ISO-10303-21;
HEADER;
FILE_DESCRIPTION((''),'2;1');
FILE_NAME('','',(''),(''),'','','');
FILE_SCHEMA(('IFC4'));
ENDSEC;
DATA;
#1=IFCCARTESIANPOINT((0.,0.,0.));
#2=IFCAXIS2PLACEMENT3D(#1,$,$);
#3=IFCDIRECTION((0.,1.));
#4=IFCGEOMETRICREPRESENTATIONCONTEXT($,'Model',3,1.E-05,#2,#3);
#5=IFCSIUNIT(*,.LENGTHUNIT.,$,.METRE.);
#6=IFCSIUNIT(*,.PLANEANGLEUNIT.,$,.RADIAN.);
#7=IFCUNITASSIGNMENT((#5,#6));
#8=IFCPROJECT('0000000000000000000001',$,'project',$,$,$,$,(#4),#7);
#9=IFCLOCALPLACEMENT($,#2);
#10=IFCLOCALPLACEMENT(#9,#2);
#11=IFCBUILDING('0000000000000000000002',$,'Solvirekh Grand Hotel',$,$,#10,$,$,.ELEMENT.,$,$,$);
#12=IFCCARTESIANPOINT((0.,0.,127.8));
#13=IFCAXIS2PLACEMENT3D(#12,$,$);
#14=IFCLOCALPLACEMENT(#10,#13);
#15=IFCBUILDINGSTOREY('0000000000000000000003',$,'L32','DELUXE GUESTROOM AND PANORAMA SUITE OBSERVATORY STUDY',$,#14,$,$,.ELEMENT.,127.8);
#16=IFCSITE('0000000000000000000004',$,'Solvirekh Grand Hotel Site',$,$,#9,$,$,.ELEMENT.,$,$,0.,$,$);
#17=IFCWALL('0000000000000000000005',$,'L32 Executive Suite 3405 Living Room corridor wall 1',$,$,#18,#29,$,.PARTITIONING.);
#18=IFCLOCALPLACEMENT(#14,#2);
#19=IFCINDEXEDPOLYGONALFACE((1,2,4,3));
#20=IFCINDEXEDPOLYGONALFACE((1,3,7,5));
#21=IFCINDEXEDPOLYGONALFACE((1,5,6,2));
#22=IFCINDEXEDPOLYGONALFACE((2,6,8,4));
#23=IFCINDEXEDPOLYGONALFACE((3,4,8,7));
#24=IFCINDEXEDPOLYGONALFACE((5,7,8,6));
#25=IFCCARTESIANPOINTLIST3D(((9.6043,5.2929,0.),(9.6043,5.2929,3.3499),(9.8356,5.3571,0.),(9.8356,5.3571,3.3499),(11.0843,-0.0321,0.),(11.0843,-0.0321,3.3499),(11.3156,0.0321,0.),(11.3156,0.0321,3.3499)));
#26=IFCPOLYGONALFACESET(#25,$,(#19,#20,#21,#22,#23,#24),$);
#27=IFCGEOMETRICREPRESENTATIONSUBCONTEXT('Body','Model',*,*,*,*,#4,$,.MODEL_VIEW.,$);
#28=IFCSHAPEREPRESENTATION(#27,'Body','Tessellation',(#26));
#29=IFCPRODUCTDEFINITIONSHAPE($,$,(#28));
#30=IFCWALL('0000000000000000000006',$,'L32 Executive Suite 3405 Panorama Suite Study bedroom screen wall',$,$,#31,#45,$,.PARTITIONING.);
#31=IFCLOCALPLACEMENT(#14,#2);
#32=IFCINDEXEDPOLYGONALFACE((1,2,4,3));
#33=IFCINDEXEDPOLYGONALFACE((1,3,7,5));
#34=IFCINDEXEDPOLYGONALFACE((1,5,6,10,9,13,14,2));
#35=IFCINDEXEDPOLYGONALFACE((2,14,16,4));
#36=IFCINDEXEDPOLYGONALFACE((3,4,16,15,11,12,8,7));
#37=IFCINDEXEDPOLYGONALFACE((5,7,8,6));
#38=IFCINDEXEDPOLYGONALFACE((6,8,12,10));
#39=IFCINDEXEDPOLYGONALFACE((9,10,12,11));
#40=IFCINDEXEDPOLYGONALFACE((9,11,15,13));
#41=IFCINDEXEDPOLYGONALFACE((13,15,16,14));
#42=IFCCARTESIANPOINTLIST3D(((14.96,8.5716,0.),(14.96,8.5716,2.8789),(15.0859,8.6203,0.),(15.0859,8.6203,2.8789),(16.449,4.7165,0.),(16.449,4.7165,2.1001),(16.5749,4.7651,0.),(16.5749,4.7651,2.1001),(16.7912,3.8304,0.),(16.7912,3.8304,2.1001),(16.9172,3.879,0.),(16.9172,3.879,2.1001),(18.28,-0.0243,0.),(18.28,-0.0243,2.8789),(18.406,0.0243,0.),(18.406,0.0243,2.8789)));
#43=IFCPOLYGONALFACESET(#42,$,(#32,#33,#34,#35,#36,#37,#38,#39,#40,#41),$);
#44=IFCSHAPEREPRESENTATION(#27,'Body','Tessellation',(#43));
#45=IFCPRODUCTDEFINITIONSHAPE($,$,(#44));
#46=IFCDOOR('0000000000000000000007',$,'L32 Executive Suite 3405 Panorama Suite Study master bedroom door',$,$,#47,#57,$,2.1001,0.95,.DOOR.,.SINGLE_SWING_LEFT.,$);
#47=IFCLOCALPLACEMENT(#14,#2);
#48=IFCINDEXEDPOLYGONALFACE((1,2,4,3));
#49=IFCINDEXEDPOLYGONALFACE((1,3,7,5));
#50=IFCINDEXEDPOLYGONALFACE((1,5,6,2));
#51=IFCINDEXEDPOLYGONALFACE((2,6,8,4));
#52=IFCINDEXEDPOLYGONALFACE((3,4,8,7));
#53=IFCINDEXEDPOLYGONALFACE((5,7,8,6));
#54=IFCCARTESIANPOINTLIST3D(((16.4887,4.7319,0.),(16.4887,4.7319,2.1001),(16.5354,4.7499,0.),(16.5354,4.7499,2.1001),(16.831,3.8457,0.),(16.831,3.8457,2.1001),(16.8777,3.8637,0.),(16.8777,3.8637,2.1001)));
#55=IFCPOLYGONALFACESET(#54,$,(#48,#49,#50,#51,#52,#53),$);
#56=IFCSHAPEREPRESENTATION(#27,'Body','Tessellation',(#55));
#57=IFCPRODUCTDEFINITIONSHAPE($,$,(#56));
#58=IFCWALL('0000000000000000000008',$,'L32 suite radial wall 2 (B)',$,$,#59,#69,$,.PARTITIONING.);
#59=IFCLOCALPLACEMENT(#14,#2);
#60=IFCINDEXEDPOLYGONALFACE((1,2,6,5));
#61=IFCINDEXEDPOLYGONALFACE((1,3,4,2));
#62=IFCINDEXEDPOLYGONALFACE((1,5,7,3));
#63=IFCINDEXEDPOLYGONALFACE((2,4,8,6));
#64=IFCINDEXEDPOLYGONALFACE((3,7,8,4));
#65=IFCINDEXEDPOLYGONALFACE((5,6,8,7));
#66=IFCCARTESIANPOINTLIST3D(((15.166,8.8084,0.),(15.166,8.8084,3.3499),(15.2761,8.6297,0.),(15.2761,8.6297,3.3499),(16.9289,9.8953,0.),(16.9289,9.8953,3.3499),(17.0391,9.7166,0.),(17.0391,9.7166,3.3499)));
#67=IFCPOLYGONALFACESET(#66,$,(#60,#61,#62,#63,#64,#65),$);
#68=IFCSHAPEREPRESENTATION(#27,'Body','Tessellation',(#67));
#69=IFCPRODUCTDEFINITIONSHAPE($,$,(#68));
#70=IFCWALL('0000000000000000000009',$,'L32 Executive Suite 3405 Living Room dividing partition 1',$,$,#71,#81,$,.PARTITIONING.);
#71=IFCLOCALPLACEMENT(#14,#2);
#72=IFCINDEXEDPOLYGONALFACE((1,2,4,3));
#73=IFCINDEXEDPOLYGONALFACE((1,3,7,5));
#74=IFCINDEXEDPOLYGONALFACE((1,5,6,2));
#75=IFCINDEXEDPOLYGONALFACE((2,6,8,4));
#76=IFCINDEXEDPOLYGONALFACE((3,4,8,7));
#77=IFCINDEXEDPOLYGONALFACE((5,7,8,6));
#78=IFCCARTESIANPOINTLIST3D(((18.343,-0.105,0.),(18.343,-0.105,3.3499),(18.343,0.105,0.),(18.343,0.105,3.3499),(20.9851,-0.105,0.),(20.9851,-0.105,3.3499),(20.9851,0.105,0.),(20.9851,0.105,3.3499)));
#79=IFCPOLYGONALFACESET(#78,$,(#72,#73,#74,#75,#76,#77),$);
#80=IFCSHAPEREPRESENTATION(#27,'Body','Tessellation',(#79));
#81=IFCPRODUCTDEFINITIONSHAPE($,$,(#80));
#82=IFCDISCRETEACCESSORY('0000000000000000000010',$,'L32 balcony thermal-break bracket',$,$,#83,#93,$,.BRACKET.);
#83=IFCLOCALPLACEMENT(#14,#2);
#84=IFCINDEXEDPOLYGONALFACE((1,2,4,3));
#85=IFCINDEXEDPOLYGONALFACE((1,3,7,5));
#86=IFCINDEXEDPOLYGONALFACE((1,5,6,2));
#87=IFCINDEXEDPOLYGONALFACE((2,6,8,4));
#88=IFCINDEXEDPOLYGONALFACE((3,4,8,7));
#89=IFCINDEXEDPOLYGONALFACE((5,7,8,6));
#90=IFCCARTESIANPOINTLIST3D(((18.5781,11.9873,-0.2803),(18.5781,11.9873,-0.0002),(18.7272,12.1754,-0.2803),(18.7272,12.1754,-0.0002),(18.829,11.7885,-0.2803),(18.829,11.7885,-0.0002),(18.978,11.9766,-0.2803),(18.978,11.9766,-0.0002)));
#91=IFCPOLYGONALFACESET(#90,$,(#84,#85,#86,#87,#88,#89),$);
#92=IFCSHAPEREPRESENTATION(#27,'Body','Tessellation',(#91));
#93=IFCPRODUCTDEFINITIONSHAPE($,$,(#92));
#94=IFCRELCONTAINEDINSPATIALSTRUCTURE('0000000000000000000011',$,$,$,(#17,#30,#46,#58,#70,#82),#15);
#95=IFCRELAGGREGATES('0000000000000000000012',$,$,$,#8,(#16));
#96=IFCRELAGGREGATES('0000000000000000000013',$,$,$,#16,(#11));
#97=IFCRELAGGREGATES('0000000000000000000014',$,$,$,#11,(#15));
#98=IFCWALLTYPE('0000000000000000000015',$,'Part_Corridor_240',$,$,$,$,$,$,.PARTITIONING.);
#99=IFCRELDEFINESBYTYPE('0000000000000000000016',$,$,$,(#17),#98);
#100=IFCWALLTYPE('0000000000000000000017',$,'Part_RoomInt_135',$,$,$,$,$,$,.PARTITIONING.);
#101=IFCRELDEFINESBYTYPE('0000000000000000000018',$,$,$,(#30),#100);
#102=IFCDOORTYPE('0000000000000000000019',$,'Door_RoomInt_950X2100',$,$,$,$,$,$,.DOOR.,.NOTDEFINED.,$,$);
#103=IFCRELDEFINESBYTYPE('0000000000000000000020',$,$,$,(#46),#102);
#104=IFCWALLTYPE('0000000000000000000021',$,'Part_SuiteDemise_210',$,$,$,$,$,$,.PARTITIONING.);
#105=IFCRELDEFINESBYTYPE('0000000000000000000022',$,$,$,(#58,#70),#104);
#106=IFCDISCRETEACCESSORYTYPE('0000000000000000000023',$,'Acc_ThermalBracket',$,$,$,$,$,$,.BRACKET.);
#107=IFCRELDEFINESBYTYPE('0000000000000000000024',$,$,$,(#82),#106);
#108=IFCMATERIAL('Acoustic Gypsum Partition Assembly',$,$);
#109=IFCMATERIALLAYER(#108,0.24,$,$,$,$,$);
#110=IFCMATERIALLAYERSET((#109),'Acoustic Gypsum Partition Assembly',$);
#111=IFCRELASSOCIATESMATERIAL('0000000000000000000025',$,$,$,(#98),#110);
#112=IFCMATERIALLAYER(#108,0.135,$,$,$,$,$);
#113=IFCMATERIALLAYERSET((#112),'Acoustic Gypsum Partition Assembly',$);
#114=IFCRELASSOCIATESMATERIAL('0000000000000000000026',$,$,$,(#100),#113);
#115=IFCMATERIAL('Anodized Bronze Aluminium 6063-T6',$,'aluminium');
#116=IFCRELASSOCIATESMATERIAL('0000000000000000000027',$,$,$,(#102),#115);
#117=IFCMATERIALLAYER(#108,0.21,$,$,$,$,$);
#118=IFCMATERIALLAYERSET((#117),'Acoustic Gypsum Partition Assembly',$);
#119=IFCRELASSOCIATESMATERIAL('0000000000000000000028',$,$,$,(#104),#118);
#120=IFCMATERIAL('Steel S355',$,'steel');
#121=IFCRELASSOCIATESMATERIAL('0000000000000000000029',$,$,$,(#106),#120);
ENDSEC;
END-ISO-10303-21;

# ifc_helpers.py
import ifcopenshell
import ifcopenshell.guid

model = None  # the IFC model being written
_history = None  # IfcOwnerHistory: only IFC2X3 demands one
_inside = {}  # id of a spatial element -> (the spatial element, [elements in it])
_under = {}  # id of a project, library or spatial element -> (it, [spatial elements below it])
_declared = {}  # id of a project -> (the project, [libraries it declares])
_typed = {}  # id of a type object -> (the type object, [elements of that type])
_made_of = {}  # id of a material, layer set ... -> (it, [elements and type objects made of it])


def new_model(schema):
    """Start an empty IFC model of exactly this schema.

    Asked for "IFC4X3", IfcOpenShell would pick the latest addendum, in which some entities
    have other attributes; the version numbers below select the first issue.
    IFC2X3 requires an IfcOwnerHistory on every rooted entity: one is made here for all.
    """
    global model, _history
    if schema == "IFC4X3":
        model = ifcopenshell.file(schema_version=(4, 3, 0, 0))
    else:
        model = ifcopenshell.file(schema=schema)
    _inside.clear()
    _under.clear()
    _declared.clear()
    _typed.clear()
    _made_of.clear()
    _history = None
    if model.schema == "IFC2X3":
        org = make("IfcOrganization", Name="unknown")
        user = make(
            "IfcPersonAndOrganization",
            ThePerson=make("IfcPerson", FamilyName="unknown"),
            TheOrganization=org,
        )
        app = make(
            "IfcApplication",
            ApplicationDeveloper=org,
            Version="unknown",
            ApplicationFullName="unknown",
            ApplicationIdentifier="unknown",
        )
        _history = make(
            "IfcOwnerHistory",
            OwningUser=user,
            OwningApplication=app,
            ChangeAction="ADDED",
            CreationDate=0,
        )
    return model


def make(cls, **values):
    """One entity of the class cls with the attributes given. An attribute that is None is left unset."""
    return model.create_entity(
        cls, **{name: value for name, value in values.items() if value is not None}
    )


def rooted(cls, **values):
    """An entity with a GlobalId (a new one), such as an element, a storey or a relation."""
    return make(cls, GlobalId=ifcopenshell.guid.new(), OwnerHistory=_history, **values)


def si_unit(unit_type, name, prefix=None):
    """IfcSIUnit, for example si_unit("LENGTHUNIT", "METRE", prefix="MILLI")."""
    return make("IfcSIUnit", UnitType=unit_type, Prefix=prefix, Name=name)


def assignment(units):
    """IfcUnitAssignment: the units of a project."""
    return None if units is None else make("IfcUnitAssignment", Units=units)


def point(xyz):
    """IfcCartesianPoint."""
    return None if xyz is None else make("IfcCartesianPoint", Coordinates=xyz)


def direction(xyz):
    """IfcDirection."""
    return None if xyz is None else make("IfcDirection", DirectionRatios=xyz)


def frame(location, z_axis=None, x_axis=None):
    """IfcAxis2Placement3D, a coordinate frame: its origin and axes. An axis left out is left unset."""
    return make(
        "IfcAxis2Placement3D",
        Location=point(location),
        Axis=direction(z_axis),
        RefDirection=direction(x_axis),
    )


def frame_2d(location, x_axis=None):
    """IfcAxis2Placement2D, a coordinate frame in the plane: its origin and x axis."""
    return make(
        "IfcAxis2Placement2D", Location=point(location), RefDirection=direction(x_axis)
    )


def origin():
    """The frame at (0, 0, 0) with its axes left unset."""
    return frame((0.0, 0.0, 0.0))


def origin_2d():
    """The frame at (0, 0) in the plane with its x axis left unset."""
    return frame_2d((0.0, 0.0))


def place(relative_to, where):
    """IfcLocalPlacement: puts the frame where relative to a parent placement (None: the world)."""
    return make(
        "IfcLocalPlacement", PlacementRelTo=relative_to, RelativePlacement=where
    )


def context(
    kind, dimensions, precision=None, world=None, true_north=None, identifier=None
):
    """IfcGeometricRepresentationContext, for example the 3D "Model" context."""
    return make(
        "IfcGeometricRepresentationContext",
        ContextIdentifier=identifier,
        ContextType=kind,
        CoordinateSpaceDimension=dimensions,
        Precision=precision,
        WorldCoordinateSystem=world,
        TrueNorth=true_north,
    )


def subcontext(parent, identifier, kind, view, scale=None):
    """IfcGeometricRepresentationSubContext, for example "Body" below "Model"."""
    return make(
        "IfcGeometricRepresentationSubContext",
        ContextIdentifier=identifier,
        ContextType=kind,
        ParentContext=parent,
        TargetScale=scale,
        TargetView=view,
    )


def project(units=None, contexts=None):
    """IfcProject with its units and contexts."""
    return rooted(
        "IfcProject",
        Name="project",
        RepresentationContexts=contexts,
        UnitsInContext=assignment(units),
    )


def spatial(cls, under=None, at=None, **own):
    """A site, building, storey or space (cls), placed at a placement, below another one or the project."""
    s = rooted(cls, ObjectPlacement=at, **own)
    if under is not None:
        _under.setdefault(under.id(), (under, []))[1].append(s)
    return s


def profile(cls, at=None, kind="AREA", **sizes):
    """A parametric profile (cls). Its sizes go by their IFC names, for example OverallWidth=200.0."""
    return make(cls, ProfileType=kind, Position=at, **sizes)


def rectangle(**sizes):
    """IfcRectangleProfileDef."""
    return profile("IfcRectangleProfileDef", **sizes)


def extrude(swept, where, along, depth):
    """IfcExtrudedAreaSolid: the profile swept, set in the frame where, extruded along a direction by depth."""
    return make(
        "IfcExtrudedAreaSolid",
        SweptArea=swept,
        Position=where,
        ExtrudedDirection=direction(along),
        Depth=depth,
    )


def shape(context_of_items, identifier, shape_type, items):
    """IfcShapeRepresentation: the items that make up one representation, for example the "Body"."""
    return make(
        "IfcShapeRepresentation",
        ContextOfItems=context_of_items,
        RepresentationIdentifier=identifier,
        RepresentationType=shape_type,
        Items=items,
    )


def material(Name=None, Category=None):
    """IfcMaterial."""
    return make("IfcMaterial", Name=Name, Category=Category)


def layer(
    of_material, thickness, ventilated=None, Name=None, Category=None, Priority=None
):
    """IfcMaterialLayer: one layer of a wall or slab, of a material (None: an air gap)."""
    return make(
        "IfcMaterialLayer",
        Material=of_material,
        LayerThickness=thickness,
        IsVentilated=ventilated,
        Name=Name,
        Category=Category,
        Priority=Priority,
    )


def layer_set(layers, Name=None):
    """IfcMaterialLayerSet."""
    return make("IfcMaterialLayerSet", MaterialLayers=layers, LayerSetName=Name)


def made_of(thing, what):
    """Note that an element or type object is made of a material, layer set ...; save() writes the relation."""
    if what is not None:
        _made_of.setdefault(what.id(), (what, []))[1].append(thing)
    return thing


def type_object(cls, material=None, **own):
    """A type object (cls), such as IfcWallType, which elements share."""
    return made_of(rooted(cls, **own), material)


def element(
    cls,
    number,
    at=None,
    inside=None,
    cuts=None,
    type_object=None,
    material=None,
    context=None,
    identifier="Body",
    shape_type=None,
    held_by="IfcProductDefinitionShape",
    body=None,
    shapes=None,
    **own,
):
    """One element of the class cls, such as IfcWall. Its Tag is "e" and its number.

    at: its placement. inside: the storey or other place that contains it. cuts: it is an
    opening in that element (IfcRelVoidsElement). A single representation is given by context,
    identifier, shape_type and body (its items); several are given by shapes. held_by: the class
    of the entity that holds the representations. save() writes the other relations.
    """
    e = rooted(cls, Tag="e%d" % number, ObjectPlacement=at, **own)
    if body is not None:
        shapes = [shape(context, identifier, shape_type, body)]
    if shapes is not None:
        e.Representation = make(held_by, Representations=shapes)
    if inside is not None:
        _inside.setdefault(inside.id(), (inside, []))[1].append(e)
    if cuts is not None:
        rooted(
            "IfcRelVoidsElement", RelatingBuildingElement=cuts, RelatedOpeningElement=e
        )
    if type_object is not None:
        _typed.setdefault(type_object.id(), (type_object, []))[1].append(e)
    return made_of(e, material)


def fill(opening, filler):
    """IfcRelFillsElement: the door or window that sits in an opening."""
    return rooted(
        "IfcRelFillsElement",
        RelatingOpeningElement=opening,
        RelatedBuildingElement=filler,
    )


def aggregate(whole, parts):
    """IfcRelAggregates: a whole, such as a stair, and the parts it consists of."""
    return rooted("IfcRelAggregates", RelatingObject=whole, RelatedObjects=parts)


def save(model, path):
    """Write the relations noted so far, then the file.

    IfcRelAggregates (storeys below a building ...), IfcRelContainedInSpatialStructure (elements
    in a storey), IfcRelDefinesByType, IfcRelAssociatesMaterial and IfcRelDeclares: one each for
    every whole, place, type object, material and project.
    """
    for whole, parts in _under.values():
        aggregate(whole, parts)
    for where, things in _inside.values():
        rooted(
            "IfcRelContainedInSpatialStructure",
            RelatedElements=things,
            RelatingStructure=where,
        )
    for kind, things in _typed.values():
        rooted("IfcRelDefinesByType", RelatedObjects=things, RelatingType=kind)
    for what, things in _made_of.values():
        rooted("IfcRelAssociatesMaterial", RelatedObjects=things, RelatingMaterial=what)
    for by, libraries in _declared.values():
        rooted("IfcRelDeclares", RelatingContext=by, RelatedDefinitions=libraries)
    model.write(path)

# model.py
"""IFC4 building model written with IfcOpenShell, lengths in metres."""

from ifc_helpers import new_model, si_unit, direction, frame, frame_2d, origin, origin_2d, place, context, subcontext, project, spatial, rectangle, extrude, material, layer, layer_set, type_object, element, fill, save


model = new_model("IFC4")

# Units and contexts
model_context = context("Model", 3, precision=1e-05, world=origin(), true_north=direction((0.0, 1.0)))
body_context = subcontext(model_context, "Body", "Model", "MODEL_VIEW")
ifc_project = project(units=[si_unit("LENGTHUNIT", "METRE"), si_unit("PLANEANGLEUNIT", "RADIAN")], contexts=[model_context])

# Site, building, storey
site_placement = place(None, origin())
site = spatial("IfcSite", under=ifc_project, at=site_placement, Name="Solvirekh Grand Hotel Site", CompositionType="ELEMENT", RefElevation=0.0)
building_placement = place(site_placement, origin())
building = spatial("IfcBuilding", under=site, at=building_placement, Name="Solvirekh Grand Hotel", CompositionType="ELEMENT")
storey_placement = place(building_placement, frame((0.0, 0.0, 127.8)))
storey = spatial("IfcBuildingStorey", under=building, at=storey_placement, Name="L32", Description="DELUXE GUESTROOM AND PANORAMA SUITE OBSERVATORY STUDY", CompositionType="ELEMENT", Elevation=127.8)

# Shared definitions
ifc_material_1 = material(Name="Steel S355", Category="steel")

# Shared definitions
ifc_material_2 = material(Name="Anodized Bronze Aluminium 6063-T6", Category="aluminium")

# Wall
ifc_material_3 = material(Name="Acoustic Gypsum Partition Assembly")
ifc_layer_1 = layer(ifc_material_3, 0.24)
ifc_layer_set_1 = layer_set([ifc_layer_1], Name="Acoustic Gypsum Partition Assembly")
wall_type_1 = type_object("IfcWallType", Name="Part_Corridor_240", PredefinedType="PARTITIONING", material=ifc_layer_set_1)
wall_1_placement = place(storey_placement, frame((11.2, 0.0, 0.0), z_axis=(0.0, 0.0, 1.0), x_axis=(-0.267783, 0.963479, 0.0)))
element("IfcWall", 1, at=wall_1_placement, inside=storey, type_object=wall_type_1, Name="L32 Executive Suite 3405 Living Room corridor wall 1", PredefinedType="PARTITIONING", context=body_context, shape_type="SweptSolid", body=[
    extrude(rectangle(XDim=5.5269, YDim=0.24, at=frame_2d((2.7634, 0.0))), origin(), (0.0, 0.0, 1.0), 3.3499),
])

# Wall, opening, door
ifc_layer_2 = layer(ifc_material_3, 0.135)
ifc_layer_set_2 = layer_set([ifc_layer_2], Name="Acoustic Gypsum Partition Assembly")
wall_type_2 = type_object("IfcWallType", Name="Part_RoomInt_135", PredefinedType="PARTITIONING", material=ifc_layer_set_2)
wall_2_placement = place(storey_placement, frame((18.343, 0.0, 0.0), z_axis=(0.0, 0.0, 1.0), x_axis=(-0.360296, 0.932838, 0.0)))
wall_2 = element("IfcWall", 2, at=wall_2_placement, inside=storey, type_object=wall_type_2, Name="L32 Executive Suite 3405 Panorama Suite Study bedroom screen wall", PredefinedType="PARTITIONING", context=body_context, shape_type="SweptSolid", body=[
    extrude(rectangle(XDim=9.2148, YDim=0.135, at=frame_2d((4.6074, 0.0))), origin(), (0.0, 0.0, 1.0), 2.8789),
])
opening_1_placement = place(wall_2_placement, frame((4.1321, 0.0, 0.0)))
opening_1 = element("IfcOpeningElement", 3, at=opening_1_placement, cuts=wall_2, PredefinedType="OPENING", context=body_context, shape_type="SweptSolid", body=[
    extrude(rectangle(XDim=0.95, YDim=2.1001, at=frame_2d((0.4751, 1.05))), frame((0.0, 0.0776, 0.0), z_axis=(0.0, -1.0, 0.0), x_axis=(1.0, 0.0, 0.0)), (0.0, 0.0, 1.0), 0.155),
])
door_type_1 = type_object("IfcDoorType", Name="Door_RoomInt_950X2100", OperationType="NOTDEFINED", PredefinedType="DOOR", material=ifc_material_2)
door_1_placement = place(opening_1_placement, origin())
door_1 = element("IfcDoor", 4, at=door_1_placement, inside=storey, type_object=door_type_1, Name="L32 Executive Suite 3405 Panorama Suite Study master bedroom door", OperationType="SINGLE_SWING_LEFT", OverallHeight=2.1001, OverallWidth=0.95, PredefinedType="DOOR", context=body_context, shape_type="SweptSolid", body=[
    extrude(rectangle(XDim=0.95, YDim=2.1001, at=frame_2d((0.4751, 1.05))), frame((0.0, 0.0249, 0.0), z_axis=(0.0, -1.0, 0.0), x_axis=(1.0, 0.0, 0.0)), (0.0, 0.0, 1.0), 0.05),
])
fill(opening_1, door_1)

# Walls
ifc_layer_3 = layer(ifc_material_3, 0.21)
ifc_layer_set_3 = layer_set([ifc_layer_3], Name="Acoustic Gypsum Partition Assembly")
wall_type_3 = type_object("IfcWallType", Name="Part_SuiteDemise_210", PredefinedType="PARTITIONING", material=ifc_layer_set_3)
wall_3_placement = place(storey_placement, frame((15.2209, 8.719, 0.0), z_axis=(0.0, 0.0, 1.0), x_axis=(0.851221, 0.524808, 0.0)))
element("IfcWall", 5, at=wall_3_placement, inside=storey, type_object=wall_type_3, Name="L32 suite radial wall 2 (B)", PredefinedType="PARTITIONING", context=body_context, shape_type="SweptSolid", body=[
    extrude(rectangle(XDim=2.071, YDim=0.21, at=frame_2d((1.0356, 0.0))), origin(), (0.0, 0.0, 1.0), 3.3499),
])
wall_4_placement = place(storey_placement, frame((18.343, 0.0, 0.0), z_axis=(0.0, 0.0, 1.0), x_axis=(1.0, 0.0, 0.0)))
element("IfcWall", 6, at=wall_4_placement, inside=storey, type_object=wall_type_3, Name="L32 Executive Suite 3405 Living Room dividing partition 1", PredefinedType="PARTITIONING", context=body_context, shape_type="SweptSolid", body=[
    extrude(rectangle(XDim=2.6421, YDim=0.21, at=frame_2d((1.321, 0.0))), origin(), (0.0, 0.0, 1.0), 3.3499),
])

# Discrete accessory
discrete_accessory_type = type_object("IfcDiscreteAccessoryType", Name="Acc_ThermalBracket", PredefinedType="BRACKET", material=ifc_material_1)
discrete_accessory_placement = place(storey_placement, frame((18.7781, 11.9819, -0.2803), z_axis=(0.0, 0.0, 1.0), x_axis=(0.783693, -0.621148, 0.0)))
element("IfcDiscreteAccessory", 7, at=discrete_accessory_placement, inside=storey, type_object=discrete_accessory_type, Name="L32 balcony thermal-break bracket", PredefinedType="BRACKET", context=body_context, shape_type="SweptSolid", body=[
    extrude(rectangle(XDim=0.3201, YDim=0.24, at=origin_2d()), origin(), (0.0, 0.0, 1.0), 0.28),
])

save(model, "model.ifc")
